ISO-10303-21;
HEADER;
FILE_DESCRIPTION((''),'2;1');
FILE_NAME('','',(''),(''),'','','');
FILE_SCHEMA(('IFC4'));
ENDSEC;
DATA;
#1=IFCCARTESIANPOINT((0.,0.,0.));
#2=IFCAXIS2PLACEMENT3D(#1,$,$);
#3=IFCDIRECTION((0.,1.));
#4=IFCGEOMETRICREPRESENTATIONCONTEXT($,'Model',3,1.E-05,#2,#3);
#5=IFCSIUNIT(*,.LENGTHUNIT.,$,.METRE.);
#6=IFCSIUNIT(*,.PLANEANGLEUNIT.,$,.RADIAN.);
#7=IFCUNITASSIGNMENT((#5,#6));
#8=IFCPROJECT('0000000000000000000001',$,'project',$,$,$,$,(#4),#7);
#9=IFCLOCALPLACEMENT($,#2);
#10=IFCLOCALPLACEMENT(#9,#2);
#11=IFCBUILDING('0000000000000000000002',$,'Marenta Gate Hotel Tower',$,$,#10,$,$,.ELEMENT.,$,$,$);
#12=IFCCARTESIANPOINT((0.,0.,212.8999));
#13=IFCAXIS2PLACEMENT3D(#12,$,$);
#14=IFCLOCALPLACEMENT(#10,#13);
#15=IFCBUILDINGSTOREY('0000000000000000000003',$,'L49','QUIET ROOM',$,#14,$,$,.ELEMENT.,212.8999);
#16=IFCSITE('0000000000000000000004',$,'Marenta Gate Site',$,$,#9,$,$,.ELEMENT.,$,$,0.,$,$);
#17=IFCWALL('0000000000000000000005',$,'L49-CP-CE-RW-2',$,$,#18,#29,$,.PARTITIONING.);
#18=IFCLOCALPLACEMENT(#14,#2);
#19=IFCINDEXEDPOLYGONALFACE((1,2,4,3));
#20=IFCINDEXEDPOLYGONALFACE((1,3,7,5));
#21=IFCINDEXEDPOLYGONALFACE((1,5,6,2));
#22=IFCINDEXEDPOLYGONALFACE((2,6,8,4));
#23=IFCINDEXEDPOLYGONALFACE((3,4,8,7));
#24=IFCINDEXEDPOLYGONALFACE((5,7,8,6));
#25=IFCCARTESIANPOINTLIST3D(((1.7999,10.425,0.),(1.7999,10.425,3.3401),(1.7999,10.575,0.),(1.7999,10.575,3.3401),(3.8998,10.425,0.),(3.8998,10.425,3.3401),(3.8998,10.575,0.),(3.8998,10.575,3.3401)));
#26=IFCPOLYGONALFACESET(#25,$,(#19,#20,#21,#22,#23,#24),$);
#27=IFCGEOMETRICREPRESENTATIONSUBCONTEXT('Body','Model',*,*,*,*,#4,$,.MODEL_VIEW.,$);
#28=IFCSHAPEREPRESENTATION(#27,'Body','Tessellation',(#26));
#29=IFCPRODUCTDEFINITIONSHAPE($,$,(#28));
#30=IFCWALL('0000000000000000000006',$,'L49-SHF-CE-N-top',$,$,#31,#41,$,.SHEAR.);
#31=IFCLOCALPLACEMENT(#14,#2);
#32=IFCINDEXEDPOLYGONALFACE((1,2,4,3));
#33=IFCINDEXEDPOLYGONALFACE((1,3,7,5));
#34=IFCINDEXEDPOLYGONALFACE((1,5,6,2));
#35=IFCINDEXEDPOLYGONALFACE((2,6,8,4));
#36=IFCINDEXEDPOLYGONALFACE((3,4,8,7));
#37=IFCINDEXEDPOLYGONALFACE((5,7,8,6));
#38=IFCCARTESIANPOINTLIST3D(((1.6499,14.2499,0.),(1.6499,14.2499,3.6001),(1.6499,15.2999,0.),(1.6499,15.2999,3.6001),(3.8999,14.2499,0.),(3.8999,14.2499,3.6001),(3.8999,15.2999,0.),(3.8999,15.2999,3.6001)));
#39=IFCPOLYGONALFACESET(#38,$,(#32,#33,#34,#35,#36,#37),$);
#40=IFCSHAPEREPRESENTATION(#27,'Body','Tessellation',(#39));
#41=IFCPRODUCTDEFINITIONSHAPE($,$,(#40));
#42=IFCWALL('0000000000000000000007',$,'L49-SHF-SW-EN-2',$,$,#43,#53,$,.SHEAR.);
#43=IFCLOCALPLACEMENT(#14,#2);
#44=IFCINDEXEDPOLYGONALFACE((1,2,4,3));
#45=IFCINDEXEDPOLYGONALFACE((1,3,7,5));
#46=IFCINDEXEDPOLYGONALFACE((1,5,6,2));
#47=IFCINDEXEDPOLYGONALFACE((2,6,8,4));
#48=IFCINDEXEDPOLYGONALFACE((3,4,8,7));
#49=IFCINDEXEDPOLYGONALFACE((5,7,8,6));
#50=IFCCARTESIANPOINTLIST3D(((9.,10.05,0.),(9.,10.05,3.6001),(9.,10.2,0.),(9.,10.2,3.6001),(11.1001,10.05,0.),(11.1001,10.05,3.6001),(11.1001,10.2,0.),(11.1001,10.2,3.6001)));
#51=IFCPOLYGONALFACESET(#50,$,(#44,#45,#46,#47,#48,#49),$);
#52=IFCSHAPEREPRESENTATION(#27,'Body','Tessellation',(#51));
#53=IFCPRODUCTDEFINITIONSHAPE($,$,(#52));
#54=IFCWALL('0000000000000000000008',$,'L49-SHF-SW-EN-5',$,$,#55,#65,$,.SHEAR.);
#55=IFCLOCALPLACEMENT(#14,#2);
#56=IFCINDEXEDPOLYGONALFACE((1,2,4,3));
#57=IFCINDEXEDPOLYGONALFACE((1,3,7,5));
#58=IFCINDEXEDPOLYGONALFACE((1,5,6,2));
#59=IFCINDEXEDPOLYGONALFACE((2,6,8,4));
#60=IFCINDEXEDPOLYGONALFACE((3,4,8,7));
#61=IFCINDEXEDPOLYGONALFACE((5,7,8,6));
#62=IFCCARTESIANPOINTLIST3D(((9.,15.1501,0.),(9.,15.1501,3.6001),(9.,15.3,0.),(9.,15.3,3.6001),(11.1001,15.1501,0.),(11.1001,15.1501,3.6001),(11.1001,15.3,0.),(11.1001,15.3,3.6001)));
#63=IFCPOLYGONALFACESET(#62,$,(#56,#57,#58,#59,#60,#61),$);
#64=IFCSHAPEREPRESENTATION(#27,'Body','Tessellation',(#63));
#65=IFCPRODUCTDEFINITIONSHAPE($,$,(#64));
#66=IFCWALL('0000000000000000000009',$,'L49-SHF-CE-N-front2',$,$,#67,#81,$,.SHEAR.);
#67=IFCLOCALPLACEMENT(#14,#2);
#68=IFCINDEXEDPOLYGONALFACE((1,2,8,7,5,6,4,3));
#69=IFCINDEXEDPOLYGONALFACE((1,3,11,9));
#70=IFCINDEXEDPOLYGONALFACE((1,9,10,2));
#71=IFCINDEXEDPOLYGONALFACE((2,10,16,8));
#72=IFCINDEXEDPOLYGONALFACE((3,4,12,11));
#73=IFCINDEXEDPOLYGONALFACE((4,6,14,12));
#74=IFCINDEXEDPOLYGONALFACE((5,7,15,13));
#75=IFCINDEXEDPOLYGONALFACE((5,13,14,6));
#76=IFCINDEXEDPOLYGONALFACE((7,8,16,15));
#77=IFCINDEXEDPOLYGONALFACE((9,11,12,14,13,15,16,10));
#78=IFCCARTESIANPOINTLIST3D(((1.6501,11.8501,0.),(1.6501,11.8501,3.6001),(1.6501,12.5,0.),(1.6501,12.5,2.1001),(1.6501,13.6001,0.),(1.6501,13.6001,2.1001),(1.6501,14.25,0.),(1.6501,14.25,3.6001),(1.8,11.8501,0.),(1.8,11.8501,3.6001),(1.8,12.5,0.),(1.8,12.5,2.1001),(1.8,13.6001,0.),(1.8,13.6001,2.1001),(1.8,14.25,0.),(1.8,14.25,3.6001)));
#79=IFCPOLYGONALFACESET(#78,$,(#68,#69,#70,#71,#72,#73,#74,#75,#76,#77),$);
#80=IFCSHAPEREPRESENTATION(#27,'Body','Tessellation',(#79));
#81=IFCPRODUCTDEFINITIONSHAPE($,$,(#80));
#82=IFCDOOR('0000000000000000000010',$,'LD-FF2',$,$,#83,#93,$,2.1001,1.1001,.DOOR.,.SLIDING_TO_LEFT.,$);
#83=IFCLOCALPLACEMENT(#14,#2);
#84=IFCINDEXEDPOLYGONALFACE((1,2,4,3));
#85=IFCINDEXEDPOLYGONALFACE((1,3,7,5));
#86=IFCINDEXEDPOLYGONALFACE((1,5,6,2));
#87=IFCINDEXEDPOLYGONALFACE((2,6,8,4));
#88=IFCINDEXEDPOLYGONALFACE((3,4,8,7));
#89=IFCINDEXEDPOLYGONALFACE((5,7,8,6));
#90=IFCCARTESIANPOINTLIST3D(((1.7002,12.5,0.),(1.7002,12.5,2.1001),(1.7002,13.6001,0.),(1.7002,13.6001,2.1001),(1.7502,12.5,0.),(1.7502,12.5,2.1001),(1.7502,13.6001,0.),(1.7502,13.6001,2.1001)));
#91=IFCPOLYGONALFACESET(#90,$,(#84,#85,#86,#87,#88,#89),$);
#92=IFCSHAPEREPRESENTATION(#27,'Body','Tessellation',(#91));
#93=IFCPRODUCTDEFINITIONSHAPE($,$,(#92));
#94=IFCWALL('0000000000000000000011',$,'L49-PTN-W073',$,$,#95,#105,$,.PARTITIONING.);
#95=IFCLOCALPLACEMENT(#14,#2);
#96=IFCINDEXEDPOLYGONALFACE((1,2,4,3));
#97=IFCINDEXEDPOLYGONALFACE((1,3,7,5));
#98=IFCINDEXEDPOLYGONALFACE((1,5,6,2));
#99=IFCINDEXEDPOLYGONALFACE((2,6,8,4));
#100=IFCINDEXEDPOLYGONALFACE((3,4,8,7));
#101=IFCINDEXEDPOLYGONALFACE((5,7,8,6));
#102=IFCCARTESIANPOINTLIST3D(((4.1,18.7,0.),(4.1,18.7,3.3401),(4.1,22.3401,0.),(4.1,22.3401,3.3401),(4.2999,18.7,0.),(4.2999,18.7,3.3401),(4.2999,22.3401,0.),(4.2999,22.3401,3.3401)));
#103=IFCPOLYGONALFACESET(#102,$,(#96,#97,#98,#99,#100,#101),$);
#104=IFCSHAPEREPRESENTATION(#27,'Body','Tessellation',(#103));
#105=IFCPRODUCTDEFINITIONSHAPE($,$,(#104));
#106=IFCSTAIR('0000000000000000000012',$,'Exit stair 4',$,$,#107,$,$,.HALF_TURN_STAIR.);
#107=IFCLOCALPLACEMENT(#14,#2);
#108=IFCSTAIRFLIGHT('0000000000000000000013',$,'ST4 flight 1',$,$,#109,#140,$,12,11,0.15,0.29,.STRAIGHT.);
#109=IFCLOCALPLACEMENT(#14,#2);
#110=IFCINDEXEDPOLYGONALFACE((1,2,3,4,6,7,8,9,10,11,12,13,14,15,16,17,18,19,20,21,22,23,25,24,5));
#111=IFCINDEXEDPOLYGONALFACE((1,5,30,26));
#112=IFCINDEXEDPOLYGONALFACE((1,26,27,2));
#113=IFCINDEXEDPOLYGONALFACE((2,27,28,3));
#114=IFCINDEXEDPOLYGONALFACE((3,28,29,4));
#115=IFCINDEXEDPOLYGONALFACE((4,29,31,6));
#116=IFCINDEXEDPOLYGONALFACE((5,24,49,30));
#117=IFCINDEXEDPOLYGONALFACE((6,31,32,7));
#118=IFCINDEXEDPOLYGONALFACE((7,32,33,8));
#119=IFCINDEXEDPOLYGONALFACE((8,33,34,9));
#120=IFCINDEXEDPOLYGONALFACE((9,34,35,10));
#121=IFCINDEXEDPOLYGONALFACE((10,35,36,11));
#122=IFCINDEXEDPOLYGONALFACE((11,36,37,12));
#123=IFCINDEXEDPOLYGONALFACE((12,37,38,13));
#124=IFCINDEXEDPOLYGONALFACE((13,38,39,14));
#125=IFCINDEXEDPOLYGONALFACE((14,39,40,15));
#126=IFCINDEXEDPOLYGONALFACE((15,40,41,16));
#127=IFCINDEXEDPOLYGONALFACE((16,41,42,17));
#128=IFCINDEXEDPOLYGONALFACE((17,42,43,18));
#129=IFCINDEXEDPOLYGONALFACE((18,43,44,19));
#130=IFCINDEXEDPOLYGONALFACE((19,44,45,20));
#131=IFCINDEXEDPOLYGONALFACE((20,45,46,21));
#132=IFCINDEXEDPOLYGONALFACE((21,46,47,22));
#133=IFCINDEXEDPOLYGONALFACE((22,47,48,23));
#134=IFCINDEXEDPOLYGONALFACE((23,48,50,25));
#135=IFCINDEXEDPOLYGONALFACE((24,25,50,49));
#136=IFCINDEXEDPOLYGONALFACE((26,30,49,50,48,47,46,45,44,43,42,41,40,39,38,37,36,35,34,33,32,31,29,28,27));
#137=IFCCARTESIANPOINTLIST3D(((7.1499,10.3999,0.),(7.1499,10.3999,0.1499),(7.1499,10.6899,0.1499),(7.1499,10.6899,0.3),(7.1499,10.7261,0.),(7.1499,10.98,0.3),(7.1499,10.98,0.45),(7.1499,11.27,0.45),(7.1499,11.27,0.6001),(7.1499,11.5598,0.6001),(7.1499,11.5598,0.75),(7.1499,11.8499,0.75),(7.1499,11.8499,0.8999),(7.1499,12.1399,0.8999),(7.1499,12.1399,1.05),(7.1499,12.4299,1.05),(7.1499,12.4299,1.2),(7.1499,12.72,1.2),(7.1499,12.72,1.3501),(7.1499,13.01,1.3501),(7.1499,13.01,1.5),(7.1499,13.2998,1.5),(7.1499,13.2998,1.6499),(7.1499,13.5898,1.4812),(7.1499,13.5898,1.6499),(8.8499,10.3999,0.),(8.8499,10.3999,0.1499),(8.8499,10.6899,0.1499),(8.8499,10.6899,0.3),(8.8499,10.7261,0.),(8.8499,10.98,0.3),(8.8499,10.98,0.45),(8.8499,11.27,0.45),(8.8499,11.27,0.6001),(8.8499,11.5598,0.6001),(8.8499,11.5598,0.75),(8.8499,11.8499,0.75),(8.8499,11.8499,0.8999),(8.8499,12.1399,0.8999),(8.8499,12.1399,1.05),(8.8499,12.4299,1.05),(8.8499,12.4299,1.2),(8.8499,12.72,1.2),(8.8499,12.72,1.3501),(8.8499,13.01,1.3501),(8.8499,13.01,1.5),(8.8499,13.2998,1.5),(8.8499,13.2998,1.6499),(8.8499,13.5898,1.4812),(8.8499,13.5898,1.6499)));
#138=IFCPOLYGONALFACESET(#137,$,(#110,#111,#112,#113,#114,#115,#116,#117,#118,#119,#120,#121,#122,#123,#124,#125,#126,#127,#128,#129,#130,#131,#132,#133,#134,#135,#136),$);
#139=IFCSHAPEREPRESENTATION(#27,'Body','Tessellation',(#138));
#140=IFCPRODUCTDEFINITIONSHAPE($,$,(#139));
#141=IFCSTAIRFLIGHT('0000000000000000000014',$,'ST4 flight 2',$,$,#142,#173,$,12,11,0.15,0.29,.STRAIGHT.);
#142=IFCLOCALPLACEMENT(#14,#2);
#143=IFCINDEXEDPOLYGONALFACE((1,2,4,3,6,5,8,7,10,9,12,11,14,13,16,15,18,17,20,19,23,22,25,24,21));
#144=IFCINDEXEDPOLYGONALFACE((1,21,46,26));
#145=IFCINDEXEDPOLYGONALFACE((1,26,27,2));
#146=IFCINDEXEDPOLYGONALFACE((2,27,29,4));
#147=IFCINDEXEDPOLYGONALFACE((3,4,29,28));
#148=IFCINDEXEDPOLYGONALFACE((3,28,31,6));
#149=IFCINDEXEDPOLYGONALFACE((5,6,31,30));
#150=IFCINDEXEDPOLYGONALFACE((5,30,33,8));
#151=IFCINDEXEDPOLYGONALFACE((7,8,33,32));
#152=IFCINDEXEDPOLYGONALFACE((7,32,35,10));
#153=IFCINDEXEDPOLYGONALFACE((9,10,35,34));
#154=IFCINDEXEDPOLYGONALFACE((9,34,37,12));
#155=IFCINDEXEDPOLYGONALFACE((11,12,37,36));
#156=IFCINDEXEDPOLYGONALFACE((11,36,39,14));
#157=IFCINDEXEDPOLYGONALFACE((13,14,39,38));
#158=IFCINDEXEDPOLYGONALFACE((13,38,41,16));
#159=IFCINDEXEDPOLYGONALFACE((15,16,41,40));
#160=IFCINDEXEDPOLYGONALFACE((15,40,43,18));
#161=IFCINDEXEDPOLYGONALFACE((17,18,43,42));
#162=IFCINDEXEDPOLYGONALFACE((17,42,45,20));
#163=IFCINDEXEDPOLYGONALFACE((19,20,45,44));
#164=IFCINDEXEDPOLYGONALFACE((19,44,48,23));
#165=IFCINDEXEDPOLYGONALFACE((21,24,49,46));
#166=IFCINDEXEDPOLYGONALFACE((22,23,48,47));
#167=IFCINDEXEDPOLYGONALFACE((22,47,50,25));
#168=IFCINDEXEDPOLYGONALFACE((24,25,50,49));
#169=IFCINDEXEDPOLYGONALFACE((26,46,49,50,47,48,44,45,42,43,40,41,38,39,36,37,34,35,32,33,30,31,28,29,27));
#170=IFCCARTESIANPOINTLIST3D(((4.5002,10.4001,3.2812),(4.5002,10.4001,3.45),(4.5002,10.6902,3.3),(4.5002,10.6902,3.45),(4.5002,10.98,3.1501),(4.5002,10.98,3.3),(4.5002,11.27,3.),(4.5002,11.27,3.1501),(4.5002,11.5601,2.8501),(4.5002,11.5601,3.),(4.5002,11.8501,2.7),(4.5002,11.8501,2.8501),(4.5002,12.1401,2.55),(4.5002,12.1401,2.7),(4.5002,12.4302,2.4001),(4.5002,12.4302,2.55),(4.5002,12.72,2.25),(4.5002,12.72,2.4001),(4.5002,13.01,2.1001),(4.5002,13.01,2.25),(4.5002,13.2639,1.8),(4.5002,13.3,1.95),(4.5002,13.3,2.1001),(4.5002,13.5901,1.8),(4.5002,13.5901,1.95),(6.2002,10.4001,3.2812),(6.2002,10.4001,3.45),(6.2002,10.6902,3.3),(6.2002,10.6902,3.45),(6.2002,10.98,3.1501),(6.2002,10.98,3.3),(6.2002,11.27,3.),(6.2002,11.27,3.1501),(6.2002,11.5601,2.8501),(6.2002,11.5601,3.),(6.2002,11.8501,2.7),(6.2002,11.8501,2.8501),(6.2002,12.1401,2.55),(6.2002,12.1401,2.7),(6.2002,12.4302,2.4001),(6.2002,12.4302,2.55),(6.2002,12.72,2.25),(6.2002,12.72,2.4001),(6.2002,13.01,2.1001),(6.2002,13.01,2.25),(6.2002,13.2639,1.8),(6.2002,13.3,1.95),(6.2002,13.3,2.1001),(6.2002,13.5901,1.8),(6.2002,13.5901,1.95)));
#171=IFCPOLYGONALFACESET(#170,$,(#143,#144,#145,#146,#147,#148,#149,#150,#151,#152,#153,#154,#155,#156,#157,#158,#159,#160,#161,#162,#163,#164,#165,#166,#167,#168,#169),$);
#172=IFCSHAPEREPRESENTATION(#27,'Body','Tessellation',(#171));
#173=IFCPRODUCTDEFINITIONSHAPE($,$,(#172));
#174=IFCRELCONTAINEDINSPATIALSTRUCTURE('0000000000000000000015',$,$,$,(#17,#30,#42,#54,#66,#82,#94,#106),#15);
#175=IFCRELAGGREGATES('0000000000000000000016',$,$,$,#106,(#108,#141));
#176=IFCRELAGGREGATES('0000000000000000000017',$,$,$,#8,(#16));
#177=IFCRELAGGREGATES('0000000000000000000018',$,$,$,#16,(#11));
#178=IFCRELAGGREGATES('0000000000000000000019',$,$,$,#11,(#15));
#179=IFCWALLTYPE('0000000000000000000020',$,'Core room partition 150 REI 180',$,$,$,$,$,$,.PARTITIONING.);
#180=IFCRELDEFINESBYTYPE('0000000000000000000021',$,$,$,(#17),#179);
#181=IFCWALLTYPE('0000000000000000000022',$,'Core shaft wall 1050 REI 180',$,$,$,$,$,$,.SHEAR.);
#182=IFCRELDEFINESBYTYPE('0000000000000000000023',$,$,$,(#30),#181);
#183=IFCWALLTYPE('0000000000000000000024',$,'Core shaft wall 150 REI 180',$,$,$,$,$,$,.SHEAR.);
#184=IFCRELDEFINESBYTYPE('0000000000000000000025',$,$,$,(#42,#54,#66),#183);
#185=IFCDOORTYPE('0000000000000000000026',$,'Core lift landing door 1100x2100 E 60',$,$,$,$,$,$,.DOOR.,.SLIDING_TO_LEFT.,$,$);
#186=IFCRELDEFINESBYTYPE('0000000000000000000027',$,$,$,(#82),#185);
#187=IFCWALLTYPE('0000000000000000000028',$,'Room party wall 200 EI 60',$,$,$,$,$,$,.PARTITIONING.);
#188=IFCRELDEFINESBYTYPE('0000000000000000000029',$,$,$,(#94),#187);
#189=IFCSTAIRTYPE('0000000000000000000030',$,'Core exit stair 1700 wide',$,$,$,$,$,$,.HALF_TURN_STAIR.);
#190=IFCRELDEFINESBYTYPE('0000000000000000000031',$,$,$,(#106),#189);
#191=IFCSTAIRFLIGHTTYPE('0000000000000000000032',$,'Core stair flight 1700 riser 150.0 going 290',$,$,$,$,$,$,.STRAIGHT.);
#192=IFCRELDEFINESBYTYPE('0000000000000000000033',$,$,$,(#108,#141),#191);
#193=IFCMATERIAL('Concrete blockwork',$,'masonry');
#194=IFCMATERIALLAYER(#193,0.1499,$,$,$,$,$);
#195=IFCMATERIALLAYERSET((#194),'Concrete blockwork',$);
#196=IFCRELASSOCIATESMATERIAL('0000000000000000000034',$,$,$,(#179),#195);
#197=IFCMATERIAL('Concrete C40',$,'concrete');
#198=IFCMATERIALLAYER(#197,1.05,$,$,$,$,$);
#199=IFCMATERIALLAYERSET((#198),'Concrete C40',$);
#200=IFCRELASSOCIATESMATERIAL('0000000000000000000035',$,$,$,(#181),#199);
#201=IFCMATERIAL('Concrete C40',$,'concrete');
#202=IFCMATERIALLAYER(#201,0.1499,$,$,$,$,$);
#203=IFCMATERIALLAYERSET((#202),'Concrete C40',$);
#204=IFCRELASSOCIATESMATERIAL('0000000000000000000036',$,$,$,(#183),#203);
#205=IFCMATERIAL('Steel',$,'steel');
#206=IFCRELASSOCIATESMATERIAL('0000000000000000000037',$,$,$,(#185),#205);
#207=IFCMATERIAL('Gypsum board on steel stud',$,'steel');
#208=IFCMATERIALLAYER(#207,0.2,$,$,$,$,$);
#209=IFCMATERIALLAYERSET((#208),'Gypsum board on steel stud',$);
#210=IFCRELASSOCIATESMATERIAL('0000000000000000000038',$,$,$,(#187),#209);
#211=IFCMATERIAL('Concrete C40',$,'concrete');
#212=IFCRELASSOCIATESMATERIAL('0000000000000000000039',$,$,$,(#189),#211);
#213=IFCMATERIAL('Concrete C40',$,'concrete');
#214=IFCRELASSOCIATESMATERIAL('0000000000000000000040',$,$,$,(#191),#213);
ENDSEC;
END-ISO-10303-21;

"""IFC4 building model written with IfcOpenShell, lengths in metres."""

from ifc_helpers import new_model, si_unit, direction, frame, frame_2d, origin, place, context, subcontext, project, spatial, polyline, rectangle, outline, extrude, material, layer, layer_set, type_object, element, fill, aggregate, save


model = new_model("IFC4")

# Units and contexts
model_context = context("Model", 3, precision=1e-05, world=origin(), true_north=direction((0.0, 1.0)))
body_context = subcontext(model_context, "Body", "Model", "MODEL_VIEW")
ifc_project = project(units=[si_unit("LENGTHUNIT", "METRE"), si_unit("PLANEANGLEUNIT", "RADIAN")], contexts=[model_context])

# Site, building, storey
site_placement = place(None, origin())
site = spatial("IfcSite", under=ifc_project, at=site_placement, Name="Marenta Gate Site", CompositionType="ELEMENT", RefElevation=0.0)
building_placement = place(site_placement, origin())
building = spatial("IfcBuilding", under=site, at=building_placement, Name="Marenta Gate Hotel Tower", CompositionType="ELEMENT")
storey_placement = place(building_placement, frame((0.0, 0.0, 212.8999)))
storey = spatial("IfcBuildingStorey", under=building, at=storey_placement, Name="L49", Description="QUIET ROOM", CompositionType="ELEMENT", Elevation=212.8999)

# Walls
ifc_material_1 = material(Name="Concrete blockwork", Category="masonry")
ifc_layer_1 = layer(ifc_material_1, 0.1499)
ifc_layer_set_1 = layer_set([ifc_layer_1], Name="Concrete blockwork")
wall_type_1 = type_object("IfcWallType", Name="Core room partition 150 REI 180", PredefinedType="PARTITIONING", material=ifc_layer_set_1)
wall_1_placement = place(storey_placement, frame((1.8, 10.5, 0.0), z_axis=(0.0, 0.0, 1.0), x_axis=(1.0, 0.0, 0.0)))
element("IfcWall", 1, at=wall_1_placement, inside=storey, type_object=wall_type_1, Name="L49-CP-CE-RW-2", PredefinedType="PARTITIONING", context=body_context, shape_type="SweptSolid", body=[
    extrude(rectangle(XDim=2.0999, YDim=0.1499, at=frame_2d((1.0498, 0.0))), origin(), (0.0, 0.0, 1.0), 3.3401),
])
ifc_material_2 = material(Name="Concrete C40", Category="concrete")
ifc_layer_2 = layer(ifc_material_2, 1.05)
ifc_layer_set_2 = layer_set([ifc_layer_2], Name="Concrete C40")
wall_type_2 = type_object("IfcWallType", Name="Core shaft wall 1050 REI 180", PredefinedType="SHEAR", material=ifc_layer_set_2)
wall_2_placement = place(storey_placement, frame((1.6499, 14.7749, 0.0), z_axis=(0.0, 0.0, 1.0), x_axis=(1.0, 0.0, 0.0)))
element("IfcWall", 2, at=wall_2_placement, inside=storey, type_object=wall_type_2, Name="L49-SHF-CE-N-top", PredefinedType="SHEAR", context=body_context, shape_type="SweptSolid", body=[
    extrude(rectangle(XDim=2.25, YDim=1.05, at=frame_2d((1.125, 0.0))), origin(), (0.0, 0.0, 1.0), 3.6001),
])
ifc_material_3 = material(Name="Concrete C40", Category="concrete")
ifc_layer_3 = layer(ifc_material_3, 0.1499)
ifc_layer_set_3 = layer_set([ifc_layer_3], Name="Concrete C40")
wall_type_3 = type_object("IfcWallType", Name="Core shaft wall 150 REI 180", PredefinedType="SHEAR", material=ifc_layer_set_3)
for number, where, z_axis, x_axis, name in (
    (3, (9.0, 10.125, 0.0), (0.0, 0.0, 1.0), (1.0, 0.0, 0.0), "L49-SHF-SW-EN-2"),
    (4, (9.0, 15.2251, 0.0), (0.0, 0.0, 1.0), (1.0, 0.0, 0.0), "L49-SHF-SW-EN-5"),
):
    element("IfcWall", number, at=place(storey_placement, frame(where, z_axis=z_axis, x_axis=x_axis)), inside=storey, type_object=wall_type_3, Name=name, PredefinedType="SHEAR", context=body_context, shape_type="SweptSolid", body=[
        extrude(rectangle(XDim=2.1001, YDim=0.1499, at=frame_2d((1.05, 0.0))), origin(), (0.0, 0.0, 1.0), 3.6001),
    ])

# Wall, opening, door
wall_3_placement = place(storey_placement, frame((1.7251, 11.8501, 0.0), z_axis=(0.0, 0.0, 1.0), x_axis=(0.0, 1.0, 0.0)))
wall_3 = element("IfcWall", 5, at=wall_3_placement, inside=storey, type_object=wall_type_3, Name="L49-SHF-CE-N-front2", PredefinedType="SHEAR", context=body_context, shape_type="SweptSolid", body=[
    extrude(rectangle(XDim=2.3999, YDim=0.1499, at=frame_2d((1.2, 0.0))), origin(), (0.0, 0.0, 1.0), 3.6001),
])
opening_placement = place(wall_3_placement, frame((0.6499, 0.0, 0.0)))
opening = element("IfcOpeningElement", 6, at=opening_placement, cuts=wall_3, PredefinedType="OPENING", context=body_context, shape_type="SweptSolid", body=[
    extrude(rectangle(XDim=1.1001, YDim=2.1001, at=frame_2d((0.55, 1.05))), frame((0.0, 0.075, 0.0), z_axis=(0.0, -1.0, 0.0), x_axis=(1.0, 0.0, 0.0)), (0.0, 0.0, 1.0), 0.1499),
])
ifc_material_4 = material(Name="Steel", Category="steel")
door_type = type_object("IfcDoorType", Name="Core lift landing door 1100x2100 E 60", OperationType="SLIDING_TO_LEFT", PredefinedType="DOOR", material=ifc_material_4)
door_placement = place(opening_placement, origin())
door = element("IfcDoor", 7, at=door_placement, inside=storey, type_object=door_type, Name="LD-FF2", OperationType="SLIDING_TO_LEFT", OverallHeight=2.1001, OverallWidth=1.1001, PredefinedType="DOOR", context=body_context, shape_type="SweptSolid", body=[
    extrude(rectangle(XDim=1.1001, YDim=2.1001, at=frame_2d((0.55, 1.05))), frame((0.0, 0.0249, 0.0), z_axis=(0.0, -1.0, 0.0), x_axis=(1.0, 0.0, 0.0)), (0.0, 0.0, 1.0), 0.05),
])
fill(opening, door)

# Wall
ifc_material_5 = material(Name="Gypsum board on steel stud", Category="steel")
ifc_layer_4 = layer(ifc_material_5, 0.2)
ifc_layer_set_4 = layer_set([ifc_layer_4], Name="Gypsum board on steel stud")
wall_type_4 = type_object("IfcWallType", Name="Room party wall 200 EI 60", PredefinedType="PARTITIONING", material=ifc_layer_set_4)
wall_4_placement = place(storey_placement, frame((4.2, 18.7, 0.0), z_axis=(0.0, 0.0, 1.0), x_axis=(0.0, 1.0, 0.0)))
element("IfcWall", 8, at=wall_4_placement, inside=storey, type_object=wall_type_4, Name="L49-PTN-W073", PredefinedType="PARTITIONING", context=body_context, shape_type="SweptSolid", body=[
    extrude(rectangle(XDim=3.6401, YDim=0.2, at=frame_2d((1.8201, 0.0))), origin(), (0.0, 0.0, 1.0), 3.3401),
])

# Stair, stair flights
ifc_material_6 = material(Name="Concrete C40", Category="concrete")
stair_type = type_object("IfcStairType", Name="Core exit stair 1700 wide", PredefinedType="HALF_TURN_STAIR", material=ifc_material_6)
stair_placement = place(storey_placement, origin())
stair = element("IfcStair", 9, at=stair_placement, inside=storey, type_object=stair_type, Name="Exit stair 4", PredefinedType="HALF_TURN_STAIR")
ifc_material_7 = material(Name="Concrete C40", Category="concrete")
stair_flight_type = type_object("IfcStairFlightType", Name="Core stair flight 1700 riser 150.0 going 290", PredefinedType="STRAIGHT", material=ifc_material_7)
stair_flight_1_placement = place(storey_placement, frame((8.0, 10.3999, 0.0), z_axis=(0.0, 0.0, 1.0), x_axis=(0.0, 1.0, 0.0)))
stair_flight_1 = element("IfcStairFlight", 10, at=stair_flight_1_placement, type_object=stair_flight_type, Name="ST4 flight 1", NumberOfRisers=12, NumberOfTreads=11, PredefinedType="STRAIGHT", RiserHeight=0.15, TreadLength=0.29, context=body_context, shape_type="SweptSolid", body=[
    extrude(outline(polyline([(0.0, 0.0), (0.0, 0.1499), (0.29, 0.1499), (0.29, 0.3), (0.5801, 0.3), (0.5801, 0.45), (0.8701, 0.45), (0.8701, 0.6001), (1.1599, 0.6001), (1.1599, 0.75), (1.45, 0.75), (1.45, 0.8999), (1.74, 0.8999), (1.74, 1.05), (2.03, 1.05), (2.03, 1.2), (2.3201, 1.2), (2.3201, 1.3501), (2.6101, 1.3501), (2.6101, 1.5), (2.8999, 1.5), (2.8999, 1.6499), (3.1899, 1.6499), (3.1899, 1.8), (3.1899, 1.4812), (0.3262, 0.0), (0.0, 0.0)])), frame((0.0, 0.8501, 0.0), z_axis=(0.0, -1.0, 0.0), x_axis=(1.0, 0.0, 0.0)), (0.0, 0.0, 1.0), 1.7),
])
stair_flight_2_placement = place(storey_placement, frame((5.3501, 13.5901, 1.8), z_axis=(0.0, 0.0, 1.0), x_axis=(0.0, -1.0, 0.0)))
stair_flight_2 = element("IfcStairFlight", 11, at=stair_flight_2_placement, type_object=stair_flight_type, Name="ST4 flight 2", NumberOfRisers=12, NumberOfTreads=11, PredefinedType="STRAIGHT", RiserHeight=0.15, TreadLength=0.29, context=body_context, shape_type="SweptSolid", body=[
    extrude(outline(polyline([(0.0, 0.0), (0.0, 0.1499), (0.29, 0.1499), (0.29, 0.3), (0.5801, 0.3), (0.5801, 0.45), (0.8701, 0.45), (0.8701, 0.6001), (1.1599, 0.6001), (1.1599, 0.75), (1.45, 0.75), (1.45, 0.8999), (1.74, 0.8999), (1.74, 1.05), (2.03, 1.05), (2.03, 1.2), (2.3201, 1.2), (2.3201, 1.3501), (2.6101, 1.3501), (2.6101, 1.5), (2.8999, 1.5), (2.8999, 1.6499), (3.1899, 1.6499), (3.1899, 1.8), (3.1899, 1.4812), (0.3262, 0.0), (0.0, 0.0)])), frame((0.0, 0.8501, 0.0), z_axis=(0.0, -1.0, 0.0), x_axis=(1.0, 0.0, 0.0)), (0.0, 0.0, 1.0), 1.7),
])
aggregate(stair, [stair_flight_1, stair_flight_2])

save(model, "model.ifc")
